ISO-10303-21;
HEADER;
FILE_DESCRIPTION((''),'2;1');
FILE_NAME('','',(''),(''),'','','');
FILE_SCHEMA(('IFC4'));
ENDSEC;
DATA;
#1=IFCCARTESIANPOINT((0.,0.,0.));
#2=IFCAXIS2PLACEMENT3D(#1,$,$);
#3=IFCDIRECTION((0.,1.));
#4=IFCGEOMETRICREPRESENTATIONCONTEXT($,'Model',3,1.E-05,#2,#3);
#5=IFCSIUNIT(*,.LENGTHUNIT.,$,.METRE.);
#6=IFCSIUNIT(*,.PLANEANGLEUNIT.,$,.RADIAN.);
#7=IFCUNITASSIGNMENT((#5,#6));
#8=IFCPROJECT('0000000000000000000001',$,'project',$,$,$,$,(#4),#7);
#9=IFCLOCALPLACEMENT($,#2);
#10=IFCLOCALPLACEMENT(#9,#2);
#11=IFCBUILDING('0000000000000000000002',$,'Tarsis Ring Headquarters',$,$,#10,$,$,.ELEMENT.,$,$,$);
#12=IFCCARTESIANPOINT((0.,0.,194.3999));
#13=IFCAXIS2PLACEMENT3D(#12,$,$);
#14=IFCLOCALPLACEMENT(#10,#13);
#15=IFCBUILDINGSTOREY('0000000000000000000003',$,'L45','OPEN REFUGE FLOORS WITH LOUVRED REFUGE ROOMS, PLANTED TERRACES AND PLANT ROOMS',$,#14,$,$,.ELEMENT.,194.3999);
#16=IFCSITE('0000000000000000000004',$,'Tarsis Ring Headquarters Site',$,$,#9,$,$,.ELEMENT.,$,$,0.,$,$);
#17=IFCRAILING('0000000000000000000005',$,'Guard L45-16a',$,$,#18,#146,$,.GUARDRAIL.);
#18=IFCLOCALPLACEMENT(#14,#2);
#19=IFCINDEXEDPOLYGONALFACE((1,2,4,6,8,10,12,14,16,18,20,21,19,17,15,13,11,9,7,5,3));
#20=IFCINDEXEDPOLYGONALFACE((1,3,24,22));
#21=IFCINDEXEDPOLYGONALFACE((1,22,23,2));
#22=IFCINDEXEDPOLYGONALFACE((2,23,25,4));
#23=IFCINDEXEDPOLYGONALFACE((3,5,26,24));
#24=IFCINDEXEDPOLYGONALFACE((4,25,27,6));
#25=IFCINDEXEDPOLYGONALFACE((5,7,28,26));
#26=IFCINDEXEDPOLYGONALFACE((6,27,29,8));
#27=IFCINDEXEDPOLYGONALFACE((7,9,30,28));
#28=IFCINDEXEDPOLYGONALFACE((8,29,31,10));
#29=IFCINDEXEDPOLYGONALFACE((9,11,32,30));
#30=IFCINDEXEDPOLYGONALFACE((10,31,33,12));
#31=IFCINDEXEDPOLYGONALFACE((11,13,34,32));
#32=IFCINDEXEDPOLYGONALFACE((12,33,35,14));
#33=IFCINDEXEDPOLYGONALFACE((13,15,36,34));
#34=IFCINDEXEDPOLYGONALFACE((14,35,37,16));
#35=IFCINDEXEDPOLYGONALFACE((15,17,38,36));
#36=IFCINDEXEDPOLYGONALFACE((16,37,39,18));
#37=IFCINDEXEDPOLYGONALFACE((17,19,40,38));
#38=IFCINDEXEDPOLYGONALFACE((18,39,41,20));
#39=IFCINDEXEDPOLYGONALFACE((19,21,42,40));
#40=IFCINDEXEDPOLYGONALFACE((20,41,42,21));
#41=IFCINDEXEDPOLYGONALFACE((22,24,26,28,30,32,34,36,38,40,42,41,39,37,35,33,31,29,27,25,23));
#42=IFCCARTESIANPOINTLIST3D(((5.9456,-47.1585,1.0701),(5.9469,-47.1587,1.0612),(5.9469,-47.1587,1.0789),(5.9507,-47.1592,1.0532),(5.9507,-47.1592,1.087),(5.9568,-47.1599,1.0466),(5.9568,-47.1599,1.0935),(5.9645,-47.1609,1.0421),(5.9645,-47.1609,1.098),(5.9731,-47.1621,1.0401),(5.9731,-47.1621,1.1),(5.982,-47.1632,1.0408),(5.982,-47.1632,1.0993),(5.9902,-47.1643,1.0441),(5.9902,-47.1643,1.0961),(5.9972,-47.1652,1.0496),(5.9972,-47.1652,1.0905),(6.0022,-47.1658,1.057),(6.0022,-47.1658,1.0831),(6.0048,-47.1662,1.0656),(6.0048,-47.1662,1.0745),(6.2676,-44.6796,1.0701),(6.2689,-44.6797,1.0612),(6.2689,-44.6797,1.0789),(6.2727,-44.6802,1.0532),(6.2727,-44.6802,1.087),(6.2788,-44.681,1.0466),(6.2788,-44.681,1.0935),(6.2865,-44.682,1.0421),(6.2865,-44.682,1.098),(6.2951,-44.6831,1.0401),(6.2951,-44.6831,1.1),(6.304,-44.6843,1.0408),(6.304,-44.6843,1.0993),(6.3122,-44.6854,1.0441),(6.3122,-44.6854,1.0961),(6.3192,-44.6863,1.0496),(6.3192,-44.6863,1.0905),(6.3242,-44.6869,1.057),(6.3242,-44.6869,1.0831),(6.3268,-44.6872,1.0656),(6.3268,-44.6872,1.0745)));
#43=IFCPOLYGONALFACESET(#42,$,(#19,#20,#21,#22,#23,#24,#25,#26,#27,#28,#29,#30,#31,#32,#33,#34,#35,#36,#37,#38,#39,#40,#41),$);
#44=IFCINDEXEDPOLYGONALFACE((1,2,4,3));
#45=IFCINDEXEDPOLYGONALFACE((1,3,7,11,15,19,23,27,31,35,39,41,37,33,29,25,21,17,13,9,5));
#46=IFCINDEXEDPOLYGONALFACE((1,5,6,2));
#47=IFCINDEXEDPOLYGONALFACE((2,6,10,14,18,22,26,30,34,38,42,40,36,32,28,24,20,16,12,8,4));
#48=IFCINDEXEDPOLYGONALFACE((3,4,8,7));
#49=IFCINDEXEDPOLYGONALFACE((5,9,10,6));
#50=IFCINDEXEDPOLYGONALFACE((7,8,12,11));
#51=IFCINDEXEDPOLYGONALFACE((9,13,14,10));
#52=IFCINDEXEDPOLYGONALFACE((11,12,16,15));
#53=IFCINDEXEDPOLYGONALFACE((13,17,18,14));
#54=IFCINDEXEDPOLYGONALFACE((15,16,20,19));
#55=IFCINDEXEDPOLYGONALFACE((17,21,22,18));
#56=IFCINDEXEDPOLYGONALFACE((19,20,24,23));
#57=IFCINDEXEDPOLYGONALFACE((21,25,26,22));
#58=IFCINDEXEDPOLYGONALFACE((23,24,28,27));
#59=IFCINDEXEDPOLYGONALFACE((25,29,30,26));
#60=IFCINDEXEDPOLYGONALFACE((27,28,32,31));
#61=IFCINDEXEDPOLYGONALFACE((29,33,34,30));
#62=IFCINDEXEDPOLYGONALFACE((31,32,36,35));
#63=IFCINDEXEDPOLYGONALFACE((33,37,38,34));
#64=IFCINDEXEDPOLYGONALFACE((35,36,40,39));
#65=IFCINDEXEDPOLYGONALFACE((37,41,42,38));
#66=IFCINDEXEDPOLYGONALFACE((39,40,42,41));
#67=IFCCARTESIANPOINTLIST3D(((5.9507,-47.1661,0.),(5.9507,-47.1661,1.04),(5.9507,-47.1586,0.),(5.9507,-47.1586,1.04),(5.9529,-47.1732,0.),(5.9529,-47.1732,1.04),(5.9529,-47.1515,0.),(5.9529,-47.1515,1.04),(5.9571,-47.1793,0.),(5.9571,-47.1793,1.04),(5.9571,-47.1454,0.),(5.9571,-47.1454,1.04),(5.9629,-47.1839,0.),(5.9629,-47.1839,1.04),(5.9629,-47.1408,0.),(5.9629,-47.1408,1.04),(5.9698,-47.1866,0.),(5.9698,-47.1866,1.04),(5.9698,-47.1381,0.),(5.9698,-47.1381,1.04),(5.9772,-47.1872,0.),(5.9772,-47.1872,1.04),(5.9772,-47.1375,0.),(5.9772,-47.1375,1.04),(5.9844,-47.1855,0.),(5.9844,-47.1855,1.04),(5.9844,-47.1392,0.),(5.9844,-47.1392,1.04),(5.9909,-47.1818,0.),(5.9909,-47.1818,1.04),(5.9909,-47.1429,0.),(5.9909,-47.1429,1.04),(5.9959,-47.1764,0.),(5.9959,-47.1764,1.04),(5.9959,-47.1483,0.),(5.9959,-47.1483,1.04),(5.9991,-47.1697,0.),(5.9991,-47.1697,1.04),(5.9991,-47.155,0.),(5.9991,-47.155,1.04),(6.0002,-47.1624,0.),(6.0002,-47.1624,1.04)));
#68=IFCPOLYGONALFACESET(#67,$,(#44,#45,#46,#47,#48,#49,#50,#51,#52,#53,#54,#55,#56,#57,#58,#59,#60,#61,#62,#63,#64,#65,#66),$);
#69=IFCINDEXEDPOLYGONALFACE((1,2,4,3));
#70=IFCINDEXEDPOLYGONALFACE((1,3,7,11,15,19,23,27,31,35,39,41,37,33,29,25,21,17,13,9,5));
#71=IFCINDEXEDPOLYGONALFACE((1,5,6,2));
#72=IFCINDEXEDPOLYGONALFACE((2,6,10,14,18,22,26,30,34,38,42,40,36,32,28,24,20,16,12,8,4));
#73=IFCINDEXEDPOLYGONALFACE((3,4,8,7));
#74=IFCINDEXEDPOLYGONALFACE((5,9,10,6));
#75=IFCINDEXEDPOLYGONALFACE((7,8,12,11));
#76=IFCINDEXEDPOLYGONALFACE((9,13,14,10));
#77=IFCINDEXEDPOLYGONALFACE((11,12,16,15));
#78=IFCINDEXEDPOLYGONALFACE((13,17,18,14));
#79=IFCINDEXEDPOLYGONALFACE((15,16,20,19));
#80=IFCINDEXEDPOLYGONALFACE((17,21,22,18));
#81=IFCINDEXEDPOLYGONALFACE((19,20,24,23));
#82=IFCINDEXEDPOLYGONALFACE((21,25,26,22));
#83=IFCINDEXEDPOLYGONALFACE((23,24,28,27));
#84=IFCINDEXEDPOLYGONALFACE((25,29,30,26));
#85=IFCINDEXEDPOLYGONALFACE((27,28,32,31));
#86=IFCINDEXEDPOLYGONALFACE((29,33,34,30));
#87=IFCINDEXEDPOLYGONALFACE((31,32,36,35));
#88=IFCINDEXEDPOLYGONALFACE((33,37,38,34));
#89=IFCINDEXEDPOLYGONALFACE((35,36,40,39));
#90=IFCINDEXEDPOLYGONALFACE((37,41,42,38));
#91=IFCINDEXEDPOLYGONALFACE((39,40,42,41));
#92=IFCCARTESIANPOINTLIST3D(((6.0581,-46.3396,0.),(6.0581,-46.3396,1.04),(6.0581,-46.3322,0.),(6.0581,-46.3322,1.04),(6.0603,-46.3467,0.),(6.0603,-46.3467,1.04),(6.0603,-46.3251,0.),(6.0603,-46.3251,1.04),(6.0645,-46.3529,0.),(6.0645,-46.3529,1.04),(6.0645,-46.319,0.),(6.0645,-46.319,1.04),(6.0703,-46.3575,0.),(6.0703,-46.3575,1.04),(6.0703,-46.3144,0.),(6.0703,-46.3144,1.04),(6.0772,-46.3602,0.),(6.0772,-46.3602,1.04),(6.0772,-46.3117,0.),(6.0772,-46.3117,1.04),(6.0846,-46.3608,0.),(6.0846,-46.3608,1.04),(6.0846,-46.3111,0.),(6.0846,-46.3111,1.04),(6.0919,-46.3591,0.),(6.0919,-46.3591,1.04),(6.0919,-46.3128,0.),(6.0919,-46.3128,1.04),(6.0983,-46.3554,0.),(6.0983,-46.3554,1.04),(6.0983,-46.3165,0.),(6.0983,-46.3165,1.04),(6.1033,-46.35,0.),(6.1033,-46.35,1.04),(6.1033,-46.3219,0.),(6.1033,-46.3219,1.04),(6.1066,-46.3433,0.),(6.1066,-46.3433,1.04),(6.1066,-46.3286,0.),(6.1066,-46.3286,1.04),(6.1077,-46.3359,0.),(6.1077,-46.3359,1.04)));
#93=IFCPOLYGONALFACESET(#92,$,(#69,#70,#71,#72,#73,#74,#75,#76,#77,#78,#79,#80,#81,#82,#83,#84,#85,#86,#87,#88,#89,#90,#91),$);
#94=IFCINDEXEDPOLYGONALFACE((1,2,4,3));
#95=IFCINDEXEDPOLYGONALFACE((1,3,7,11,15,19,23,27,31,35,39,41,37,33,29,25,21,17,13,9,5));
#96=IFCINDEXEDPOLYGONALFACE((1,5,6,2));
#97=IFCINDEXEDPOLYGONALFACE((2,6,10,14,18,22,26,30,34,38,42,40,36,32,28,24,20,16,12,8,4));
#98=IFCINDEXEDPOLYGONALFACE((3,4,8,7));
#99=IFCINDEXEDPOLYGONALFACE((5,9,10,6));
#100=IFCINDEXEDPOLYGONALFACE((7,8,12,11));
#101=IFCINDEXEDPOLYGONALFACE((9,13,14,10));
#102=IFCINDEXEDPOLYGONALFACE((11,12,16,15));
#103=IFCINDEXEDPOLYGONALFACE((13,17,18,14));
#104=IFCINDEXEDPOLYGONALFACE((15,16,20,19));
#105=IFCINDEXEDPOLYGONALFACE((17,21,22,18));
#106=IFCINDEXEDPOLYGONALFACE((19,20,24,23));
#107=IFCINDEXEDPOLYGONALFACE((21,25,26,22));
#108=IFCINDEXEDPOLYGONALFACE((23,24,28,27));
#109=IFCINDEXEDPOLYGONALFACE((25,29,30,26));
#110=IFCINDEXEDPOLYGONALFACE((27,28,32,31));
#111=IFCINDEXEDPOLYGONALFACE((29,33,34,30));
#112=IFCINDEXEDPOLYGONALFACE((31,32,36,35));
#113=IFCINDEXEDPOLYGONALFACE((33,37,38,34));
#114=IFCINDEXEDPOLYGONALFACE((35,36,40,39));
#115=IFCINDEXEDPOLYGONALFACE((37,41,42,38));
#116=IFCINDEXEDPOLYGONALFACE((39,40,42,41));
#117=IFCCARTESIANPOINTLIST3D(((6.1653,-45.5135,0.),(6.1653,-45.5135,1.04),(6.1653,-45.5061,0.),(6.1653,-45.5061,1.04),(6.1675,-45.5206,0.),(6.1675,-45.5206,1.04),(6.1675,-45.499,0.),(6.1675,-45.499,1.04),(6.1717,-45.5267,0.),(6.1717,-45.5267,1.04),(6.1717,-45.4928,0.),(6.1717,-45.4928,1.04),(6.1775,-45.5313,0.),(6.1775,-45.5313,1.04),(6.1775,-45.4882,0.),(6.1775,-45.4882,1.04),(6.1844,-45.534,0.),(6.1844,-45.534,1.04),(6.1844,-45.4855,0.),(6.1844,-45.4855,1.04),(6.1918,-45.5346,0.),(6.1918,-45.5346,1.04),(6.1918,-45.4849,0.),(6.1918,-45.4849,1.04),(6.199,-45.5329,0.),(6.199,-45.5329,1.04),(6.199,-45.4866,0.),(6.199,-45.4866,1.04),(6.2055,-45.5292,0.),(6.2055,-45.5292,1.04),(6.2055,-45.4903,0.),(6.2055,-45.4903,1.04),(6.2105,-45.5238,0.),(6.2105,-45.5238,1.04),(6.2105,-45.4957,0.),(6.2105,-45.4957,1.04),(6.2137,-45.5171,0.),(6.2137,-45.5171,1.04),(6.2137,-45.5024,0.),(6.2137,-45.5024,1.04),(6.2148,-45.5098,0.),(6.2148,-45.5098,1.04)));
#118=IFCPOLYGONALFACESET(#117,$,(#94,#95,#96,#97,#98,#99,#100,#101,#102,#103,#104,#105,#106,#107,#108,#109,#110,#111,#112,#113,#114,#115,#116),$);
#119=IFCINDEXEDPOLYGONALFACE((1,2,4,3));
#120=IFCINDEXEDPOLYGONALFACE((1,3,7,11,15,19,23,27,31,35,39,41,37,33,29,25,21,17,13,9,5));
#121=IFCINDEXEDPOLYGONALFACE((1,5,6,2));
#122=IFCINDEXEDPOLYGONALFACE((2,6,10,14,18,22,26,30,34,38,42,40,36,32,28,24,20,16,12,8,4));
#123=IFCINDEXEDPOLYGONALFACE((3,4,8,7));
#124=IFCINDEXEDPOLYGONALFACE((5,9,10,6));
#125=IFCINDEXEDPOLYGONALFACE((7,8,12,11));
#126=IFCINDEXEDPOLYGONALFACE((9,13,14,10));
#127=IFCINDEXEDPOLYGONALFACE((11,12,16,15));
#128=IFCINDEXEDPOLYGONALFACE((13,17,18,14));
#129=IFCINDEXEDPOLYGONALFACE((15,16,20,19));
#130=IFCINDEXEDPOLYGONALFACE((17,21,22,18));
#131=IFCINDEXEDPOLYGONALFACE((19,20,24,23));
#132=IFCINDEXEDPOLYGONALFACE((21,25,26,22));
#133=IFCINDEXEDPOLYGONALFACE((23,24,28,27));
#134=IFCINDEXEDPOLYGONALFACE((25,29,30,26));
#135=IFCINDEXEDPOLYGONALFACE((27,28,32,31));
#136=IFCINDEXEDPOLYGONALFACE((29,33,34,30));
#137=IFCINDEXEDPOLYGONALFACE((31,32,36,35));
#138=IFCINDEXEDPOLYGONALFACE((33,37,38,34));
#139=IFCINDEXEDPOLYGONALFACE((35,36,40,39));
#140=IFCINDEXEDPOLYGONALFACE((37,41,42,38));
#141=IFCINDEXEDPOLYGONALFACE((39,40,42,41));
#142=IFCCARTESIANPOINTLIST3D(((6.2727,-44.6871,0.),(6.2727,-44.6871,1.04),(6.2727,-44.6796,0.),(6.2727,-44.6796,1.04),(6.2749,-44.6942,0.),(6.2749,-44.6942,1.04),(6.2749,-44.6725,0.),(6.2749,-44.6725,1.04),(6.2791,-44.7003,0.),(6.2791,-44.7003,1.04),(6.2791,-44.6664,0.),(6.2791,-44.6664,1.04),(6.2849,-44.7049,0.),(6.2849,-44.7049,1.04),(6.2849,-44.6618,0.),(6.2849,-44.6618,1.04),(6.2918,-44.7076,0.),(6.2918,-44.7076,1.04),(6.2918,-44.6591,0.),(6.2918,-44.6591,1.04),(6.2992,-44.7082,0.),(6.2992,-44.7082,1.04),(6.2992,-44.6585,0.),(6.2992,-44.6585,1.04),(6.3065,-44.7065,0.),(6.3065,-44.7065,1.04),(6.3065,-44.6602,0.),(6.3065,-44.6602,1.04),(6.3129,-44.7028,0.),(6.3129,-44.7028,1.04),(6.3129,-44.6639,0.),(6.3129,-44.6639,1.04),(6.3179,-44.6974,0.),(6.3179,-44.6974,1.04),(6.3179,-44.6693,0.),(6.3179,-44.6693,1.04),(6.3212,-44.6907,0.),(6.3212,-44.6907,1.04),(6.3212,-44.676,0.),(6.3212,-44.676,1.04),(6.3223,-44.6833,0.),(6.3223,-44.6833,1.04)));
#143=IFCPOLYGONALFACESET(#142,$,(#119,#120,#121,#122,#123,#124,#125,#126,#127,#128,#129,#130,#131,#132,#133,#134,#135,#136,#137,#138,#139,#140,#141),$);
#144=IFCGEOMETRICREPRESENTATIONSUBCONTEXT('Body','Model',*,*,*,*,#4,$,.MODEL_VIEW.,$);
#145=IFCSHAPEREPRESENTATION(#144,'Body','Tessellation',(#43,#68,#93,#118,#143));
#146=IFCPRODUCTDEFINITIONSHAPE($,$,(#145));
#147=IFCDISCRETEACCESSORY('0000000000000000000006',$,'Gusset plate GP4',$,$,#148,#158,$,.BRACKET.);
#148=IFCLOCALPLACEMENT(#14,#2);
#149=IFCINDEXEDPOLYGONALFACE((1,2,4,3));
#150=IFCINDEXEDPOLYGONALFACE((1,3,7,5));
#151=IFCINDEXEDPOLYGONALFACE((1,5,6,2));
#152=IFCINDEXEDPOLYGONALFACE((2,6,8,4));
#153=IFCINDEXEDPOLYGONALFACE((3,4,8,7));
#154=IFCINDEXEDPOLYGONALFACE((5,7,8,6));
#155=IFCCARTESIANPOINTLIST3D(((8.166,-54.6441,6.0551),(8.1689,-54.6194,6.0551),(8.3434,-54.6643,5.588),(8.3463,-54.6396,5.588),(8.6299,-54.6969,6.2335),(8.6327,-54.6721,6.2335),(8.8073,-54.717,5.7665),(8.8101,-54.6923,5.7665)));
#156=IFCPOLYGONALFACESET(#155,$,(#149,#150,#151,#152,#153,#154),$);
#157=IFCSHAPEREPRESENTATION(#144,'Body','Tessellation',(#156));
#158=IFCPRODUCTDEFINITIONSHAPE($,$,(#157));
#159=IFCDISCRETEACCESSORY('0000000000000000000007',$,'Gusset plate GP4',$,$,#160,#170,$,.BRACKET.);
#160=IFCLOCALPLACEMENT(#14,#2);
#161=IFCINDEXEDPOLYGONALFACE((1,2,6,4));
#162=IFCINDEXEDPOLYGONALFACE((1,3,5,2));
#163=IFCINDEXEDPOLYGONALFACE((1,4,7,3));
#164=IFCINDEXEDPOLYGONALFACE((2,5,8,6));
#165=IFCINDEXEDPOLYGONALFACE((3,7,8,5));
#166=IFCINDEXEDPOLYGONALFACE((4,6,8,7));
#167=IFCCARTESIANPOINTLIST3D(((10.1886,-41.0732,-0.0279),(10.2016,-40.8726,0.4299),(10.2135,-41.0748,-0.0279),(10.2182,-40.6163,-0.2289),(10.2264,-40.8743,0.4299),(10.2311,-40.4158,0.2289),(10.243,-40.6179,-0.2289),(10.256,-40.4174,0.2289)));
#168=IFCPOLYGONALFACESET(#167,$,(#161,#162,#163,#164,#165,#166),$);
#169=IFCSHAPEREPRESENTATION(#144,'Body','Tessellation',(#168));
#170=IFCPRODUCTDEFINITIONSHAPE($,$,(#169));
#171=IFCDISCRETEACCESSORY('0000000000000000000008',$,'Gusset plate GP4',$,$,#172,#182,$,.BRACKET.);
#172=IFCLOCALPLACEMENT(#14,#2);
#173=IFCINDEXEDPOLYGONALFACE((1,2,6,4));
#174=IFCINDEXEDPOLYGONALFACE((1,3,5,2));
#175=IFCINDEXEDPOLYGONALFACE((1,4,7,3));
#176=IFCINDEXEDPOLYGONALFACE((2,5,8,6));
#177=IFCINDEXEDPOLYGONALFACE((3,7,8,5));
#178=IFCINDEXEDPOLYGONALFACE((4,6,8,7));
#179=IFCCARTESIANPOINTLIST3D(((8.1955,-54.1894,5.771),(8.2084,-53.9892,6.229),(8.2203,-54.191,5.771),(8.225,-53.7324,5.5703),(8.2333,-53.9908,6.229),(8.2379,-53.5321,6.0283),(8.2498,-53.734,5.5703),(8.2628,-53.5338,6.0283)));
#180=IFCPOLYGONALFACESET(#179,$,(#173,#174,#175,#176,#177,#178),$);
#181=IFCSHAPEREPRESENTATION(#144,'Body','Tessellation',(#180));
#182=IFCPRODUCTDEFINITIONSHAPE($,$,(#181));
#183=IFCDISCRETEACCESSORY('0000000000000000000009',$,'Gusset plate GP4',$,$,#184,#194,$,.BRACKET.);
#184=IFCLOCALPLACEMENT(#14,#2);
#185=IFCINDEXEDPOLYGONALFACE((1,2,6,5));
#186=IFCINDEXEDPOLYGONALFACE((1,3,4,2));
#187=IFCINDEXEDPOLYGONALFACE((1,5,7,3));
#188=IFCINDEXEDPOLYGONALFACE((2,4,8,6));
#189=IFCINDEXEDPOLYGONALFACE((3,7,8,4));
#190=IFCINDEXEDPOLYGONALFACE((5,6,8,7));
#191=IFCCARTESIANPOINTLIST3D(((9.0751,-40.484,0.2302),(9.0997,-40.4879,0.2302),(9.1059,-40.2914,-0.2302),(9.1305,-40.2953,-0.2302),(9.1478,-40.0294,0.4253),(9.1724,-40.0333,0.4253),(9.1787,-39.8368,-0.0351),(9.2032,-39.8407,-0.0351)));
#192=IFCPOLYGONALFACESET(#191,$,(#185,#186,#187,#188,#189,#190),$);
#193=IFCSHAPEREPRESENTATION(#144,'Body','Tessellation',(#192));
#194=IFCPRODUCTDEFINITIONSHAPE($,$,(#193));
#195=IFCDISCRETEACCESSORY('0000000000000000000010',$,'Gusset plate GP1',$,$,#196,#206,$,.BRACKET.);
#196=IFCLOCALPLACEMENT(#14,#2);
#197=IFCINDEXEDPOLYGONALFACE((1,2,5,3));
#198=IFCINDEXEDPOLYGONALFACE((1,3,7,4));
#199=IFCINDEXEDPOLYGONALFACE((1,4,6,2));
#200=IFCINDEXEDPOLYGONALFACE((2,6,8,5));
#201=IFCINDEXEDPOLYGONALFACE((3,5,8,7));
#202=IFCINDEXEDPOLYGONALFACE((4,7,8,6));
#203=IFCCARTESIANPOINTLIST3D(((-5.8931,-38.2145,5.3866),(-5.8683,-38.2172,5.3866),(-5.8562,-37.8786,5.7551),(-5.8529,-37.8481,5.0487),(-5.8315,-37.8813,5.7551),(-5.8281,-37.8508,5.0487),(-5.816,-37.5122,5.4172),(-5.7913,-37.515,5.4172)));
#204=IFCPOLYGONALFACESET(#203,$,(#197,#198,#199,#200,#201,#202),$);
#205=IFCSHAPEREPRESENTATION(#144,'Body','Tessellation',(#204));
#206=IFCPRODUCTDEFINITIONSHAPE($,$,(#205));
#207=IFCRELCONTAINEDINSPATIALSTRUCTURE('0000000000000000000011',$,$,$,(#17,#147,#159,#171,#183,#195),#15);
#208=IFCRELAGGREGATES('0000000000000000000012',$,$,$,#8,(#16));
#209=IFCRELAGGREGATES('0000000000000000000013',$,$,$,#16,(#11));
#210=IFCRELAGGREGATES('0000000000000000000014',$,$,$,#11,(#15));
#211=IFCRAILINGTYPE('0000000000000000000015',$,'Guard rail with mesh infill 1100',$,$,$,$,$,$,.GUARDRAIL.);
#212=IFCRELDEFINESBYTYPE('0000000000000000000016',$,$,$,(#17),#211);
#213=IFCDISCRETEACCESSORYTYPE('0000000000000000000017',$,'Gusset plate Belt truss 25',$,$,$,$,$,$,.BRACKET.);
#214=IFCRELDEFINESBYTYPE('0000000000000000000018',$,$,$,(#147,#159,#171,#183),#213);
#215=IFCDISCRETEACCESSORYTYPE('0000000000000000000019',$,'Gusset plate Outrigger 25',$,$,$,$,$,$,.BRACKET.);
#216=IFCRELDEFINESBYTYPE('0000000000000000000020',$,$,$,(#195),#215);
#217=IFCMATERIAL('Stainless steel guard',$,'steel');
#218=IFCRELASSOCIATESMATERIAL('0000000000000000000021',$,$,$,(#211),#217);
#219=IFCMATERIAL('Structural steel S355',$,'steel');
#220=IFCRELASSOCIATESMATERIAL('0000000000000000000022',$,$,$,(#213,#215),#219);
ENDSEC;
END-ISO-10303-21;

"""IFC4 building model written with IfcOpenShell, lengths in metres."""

from ifc_helpers import new_model, si_unit, direction, frame, origin, origin_2d, place, context, subcontext, project, spatial, rectangle, circle, extrude, material, material_profile, profile_set, type_object, element, save


model = new_model("IFC4")

# Units and contexts
model_context = context("Model", 3, precision=1e-05, world=origin(), true_north=direction((0.0, 1.0)))
body_context = subcontext(model_context, "Body", "Model", "MODEL_VIEW")
ifc_project = project(units=[si_unit("LENGTHUNIT", "METRE"), si_unit("PLANEANGLEUNIT", "RADIAN")], contexts=[model_context])

# Site, building, storey
site_placement = place(None, origin())
site = spatial("IfcSite", under=ifc_project, at=site_placement, Name="Tarsis Ring Headquarters Site", CompositionType="ELEMENT", RefElevation=0.0)
building_placement = place(site_placement, origin())
building = spatial("IfcBuilding", under=site, at=building_placement, Name="Tarsis Ring Headquarters", CompositionType="ELEMENT")
storey_placement = place(building_placement, frame((0.0, 0.0, 194.3999)))
storey = spatial("IfcBuildingStorey", under=building, at=storey_placement, Name="L45", Description="OPEN REFUGE FLOORS WITH LOUVRED REFUGE ROOMS, PLANTED TERRACES AND PLANT ROOMS", CompositionType="ELEMENT", Elevation=194.3999)

# Shared definitions
ifc_material_1 = material(Name="Structural steel S355", Category="steel")

# Railing
ifc_material_2 = material(Name="Stainless steel guard", Category="steel")
railing_type_1 = type_object("IfcRailingType", Name="Guard rail with mesh infill 1100", PredefinedType="GUARDRAIL", material=ifc_material_2)
railing_1_placement = place(storey_placement, frame((5.9753, -47.1624, 0.0)))
element("IfcRailing", 1, at=railing_1_placement, inside=storey, type_object=railing_type_1, Name="Guard L45-16a", PredefinedType="GUARDRAIL", context=body_context, shape_type="SweptSolid", body=[
    extrude(circle(Radius=0.03, at=origin_2d()), frame((0.0, 0.0, 1.0701), z_axis=(0.128817, 0.991668, 0.0), x_axis=(-0.991668, 0.128817, 0.0)), (0.0, 0.0, 1.0), 2.4998),
    extrude(circle(Radius=0.0249, at=origin_2d()), origin(), (0.0, 0.0, 1.0), 1.04),
    extrude(circle(Radius=0.0249, at=origin_2d()), frame((0.1074, 0.8264, 0.0)), (0.0, 0.0, 1.0), 1.04),
    extrude(circle(Radius=0.0249, at=origin_2d()), frame((0.2146, 1.6526, 0.0)), (0.0, 0.0, 1.0), 1.04),
    extrude(circle(Radius=0.0249, at=origin_2d()), frame((0.322, 2.479, 0.0)), (0.0, 0.0, 1.0), 1.04),
])

# Discrete accessories
ifc_material_profile_1 = material_profile(ifc_material_1, rectangle(XDim=0.0249, YDim=0.5, at=origin_2d()), Name="PL 25x500")
ifc_profile_set_1 = profile_set([ifc_material_profile_1], Name="Structural steel S355")
discrete_accessory_type_1 = type_object("IfcDiscreteAccessoryType", Name="Gusset plate Belt truss 25", PredefinedType="BRACKET", material=ifc_profile_set_1)
discrete_accessory_placement = place(storey_placement, frame((8.72, -54.6946, 6.0), z_axis=(-0.928098, 0.10551, -0.357074), x_axis=(-0.112957, -0.9936, 0.0)))
element("IfcDiscreteAccessory", 2, at=discrete_accessory_placement, inside=storey, type_object=discrete_accessory_type_1, Name="Gusset plate GP4", PredefinedType="BRACKET", context=body_context, shape_type="SweptSolid", body=[
    extrude(rectangle(XDim=0.0249, YDim=0.5, at=origin_2d()), origin(), (0.0, 0.0, 1.0), 0.4998),
])
for number, where, z_axis, x_axis, name in (
    (3, (10.2371, -40.5168, 0.0), (-0.059094, -0.913759, 0.401937), (0.997915, -0.064536, 0.0), "Gusset plate GP4"),
    (4, (8.2144, -54.0901, 6.0), (0.059079, 0.914018, -0.401348), (-0.997918, 0.064502, 0.0), "Gusset plate GP4"),
    (5, (9.1028, -40.3896, 0.0), (0.145509, 0.909186, 0.390139), (-0.987434, 0.158032, 0.0), "Gusset plate GP4"),
):
    element("IfcDiscreteAccessory", number, at=place(storey_placement, frame(where, z_axis=z_axis, x_axis=x_axis)), inside=storey, type_object=discrete_accessory_type_1, Name=name, PredefinedType="BRACKET", context=body_context, shape_type="SweptSolid", body=[
        extrude(rectangle(XDim=0.0249, YDim=0.5, at=origin_2d()), origin(), (0.0, 0.0, 1.0), 0.5),
    ])
discrete_accessory_type_2 = type_object("IfcDiscreteAccessoryType", Name="Gusset plate Outrigger 25", PredefinedType="BRACKET", material=ifc_profile_set_1)
for number, where, z_axis, x_axis, name in (
    (6, (-5.8237, -37.6968, 5.5862), (-0.073713, -0.671717, -0.737131), (0.994033, -0.109084, 0.0), "Gusset plate GP1"),
):
    element("IfcDiscreteAccessory", number, at=place(storey_placement, frame(where, z_axis=z_axis, x_axis=x_axis)), inside=storey, type_object=discrete_accessory_type_2, Name=name, PredefinedType="BRACKET", context=body_context, shape_type="SweptSolid", body=[
        extrude(rectangle(XDim=0.0249, YDim=0.5, at=origin_2d()), origin(), (0.0, 0.0, 1.0), 0.5),
    ])

save(model, "model.ifc")
